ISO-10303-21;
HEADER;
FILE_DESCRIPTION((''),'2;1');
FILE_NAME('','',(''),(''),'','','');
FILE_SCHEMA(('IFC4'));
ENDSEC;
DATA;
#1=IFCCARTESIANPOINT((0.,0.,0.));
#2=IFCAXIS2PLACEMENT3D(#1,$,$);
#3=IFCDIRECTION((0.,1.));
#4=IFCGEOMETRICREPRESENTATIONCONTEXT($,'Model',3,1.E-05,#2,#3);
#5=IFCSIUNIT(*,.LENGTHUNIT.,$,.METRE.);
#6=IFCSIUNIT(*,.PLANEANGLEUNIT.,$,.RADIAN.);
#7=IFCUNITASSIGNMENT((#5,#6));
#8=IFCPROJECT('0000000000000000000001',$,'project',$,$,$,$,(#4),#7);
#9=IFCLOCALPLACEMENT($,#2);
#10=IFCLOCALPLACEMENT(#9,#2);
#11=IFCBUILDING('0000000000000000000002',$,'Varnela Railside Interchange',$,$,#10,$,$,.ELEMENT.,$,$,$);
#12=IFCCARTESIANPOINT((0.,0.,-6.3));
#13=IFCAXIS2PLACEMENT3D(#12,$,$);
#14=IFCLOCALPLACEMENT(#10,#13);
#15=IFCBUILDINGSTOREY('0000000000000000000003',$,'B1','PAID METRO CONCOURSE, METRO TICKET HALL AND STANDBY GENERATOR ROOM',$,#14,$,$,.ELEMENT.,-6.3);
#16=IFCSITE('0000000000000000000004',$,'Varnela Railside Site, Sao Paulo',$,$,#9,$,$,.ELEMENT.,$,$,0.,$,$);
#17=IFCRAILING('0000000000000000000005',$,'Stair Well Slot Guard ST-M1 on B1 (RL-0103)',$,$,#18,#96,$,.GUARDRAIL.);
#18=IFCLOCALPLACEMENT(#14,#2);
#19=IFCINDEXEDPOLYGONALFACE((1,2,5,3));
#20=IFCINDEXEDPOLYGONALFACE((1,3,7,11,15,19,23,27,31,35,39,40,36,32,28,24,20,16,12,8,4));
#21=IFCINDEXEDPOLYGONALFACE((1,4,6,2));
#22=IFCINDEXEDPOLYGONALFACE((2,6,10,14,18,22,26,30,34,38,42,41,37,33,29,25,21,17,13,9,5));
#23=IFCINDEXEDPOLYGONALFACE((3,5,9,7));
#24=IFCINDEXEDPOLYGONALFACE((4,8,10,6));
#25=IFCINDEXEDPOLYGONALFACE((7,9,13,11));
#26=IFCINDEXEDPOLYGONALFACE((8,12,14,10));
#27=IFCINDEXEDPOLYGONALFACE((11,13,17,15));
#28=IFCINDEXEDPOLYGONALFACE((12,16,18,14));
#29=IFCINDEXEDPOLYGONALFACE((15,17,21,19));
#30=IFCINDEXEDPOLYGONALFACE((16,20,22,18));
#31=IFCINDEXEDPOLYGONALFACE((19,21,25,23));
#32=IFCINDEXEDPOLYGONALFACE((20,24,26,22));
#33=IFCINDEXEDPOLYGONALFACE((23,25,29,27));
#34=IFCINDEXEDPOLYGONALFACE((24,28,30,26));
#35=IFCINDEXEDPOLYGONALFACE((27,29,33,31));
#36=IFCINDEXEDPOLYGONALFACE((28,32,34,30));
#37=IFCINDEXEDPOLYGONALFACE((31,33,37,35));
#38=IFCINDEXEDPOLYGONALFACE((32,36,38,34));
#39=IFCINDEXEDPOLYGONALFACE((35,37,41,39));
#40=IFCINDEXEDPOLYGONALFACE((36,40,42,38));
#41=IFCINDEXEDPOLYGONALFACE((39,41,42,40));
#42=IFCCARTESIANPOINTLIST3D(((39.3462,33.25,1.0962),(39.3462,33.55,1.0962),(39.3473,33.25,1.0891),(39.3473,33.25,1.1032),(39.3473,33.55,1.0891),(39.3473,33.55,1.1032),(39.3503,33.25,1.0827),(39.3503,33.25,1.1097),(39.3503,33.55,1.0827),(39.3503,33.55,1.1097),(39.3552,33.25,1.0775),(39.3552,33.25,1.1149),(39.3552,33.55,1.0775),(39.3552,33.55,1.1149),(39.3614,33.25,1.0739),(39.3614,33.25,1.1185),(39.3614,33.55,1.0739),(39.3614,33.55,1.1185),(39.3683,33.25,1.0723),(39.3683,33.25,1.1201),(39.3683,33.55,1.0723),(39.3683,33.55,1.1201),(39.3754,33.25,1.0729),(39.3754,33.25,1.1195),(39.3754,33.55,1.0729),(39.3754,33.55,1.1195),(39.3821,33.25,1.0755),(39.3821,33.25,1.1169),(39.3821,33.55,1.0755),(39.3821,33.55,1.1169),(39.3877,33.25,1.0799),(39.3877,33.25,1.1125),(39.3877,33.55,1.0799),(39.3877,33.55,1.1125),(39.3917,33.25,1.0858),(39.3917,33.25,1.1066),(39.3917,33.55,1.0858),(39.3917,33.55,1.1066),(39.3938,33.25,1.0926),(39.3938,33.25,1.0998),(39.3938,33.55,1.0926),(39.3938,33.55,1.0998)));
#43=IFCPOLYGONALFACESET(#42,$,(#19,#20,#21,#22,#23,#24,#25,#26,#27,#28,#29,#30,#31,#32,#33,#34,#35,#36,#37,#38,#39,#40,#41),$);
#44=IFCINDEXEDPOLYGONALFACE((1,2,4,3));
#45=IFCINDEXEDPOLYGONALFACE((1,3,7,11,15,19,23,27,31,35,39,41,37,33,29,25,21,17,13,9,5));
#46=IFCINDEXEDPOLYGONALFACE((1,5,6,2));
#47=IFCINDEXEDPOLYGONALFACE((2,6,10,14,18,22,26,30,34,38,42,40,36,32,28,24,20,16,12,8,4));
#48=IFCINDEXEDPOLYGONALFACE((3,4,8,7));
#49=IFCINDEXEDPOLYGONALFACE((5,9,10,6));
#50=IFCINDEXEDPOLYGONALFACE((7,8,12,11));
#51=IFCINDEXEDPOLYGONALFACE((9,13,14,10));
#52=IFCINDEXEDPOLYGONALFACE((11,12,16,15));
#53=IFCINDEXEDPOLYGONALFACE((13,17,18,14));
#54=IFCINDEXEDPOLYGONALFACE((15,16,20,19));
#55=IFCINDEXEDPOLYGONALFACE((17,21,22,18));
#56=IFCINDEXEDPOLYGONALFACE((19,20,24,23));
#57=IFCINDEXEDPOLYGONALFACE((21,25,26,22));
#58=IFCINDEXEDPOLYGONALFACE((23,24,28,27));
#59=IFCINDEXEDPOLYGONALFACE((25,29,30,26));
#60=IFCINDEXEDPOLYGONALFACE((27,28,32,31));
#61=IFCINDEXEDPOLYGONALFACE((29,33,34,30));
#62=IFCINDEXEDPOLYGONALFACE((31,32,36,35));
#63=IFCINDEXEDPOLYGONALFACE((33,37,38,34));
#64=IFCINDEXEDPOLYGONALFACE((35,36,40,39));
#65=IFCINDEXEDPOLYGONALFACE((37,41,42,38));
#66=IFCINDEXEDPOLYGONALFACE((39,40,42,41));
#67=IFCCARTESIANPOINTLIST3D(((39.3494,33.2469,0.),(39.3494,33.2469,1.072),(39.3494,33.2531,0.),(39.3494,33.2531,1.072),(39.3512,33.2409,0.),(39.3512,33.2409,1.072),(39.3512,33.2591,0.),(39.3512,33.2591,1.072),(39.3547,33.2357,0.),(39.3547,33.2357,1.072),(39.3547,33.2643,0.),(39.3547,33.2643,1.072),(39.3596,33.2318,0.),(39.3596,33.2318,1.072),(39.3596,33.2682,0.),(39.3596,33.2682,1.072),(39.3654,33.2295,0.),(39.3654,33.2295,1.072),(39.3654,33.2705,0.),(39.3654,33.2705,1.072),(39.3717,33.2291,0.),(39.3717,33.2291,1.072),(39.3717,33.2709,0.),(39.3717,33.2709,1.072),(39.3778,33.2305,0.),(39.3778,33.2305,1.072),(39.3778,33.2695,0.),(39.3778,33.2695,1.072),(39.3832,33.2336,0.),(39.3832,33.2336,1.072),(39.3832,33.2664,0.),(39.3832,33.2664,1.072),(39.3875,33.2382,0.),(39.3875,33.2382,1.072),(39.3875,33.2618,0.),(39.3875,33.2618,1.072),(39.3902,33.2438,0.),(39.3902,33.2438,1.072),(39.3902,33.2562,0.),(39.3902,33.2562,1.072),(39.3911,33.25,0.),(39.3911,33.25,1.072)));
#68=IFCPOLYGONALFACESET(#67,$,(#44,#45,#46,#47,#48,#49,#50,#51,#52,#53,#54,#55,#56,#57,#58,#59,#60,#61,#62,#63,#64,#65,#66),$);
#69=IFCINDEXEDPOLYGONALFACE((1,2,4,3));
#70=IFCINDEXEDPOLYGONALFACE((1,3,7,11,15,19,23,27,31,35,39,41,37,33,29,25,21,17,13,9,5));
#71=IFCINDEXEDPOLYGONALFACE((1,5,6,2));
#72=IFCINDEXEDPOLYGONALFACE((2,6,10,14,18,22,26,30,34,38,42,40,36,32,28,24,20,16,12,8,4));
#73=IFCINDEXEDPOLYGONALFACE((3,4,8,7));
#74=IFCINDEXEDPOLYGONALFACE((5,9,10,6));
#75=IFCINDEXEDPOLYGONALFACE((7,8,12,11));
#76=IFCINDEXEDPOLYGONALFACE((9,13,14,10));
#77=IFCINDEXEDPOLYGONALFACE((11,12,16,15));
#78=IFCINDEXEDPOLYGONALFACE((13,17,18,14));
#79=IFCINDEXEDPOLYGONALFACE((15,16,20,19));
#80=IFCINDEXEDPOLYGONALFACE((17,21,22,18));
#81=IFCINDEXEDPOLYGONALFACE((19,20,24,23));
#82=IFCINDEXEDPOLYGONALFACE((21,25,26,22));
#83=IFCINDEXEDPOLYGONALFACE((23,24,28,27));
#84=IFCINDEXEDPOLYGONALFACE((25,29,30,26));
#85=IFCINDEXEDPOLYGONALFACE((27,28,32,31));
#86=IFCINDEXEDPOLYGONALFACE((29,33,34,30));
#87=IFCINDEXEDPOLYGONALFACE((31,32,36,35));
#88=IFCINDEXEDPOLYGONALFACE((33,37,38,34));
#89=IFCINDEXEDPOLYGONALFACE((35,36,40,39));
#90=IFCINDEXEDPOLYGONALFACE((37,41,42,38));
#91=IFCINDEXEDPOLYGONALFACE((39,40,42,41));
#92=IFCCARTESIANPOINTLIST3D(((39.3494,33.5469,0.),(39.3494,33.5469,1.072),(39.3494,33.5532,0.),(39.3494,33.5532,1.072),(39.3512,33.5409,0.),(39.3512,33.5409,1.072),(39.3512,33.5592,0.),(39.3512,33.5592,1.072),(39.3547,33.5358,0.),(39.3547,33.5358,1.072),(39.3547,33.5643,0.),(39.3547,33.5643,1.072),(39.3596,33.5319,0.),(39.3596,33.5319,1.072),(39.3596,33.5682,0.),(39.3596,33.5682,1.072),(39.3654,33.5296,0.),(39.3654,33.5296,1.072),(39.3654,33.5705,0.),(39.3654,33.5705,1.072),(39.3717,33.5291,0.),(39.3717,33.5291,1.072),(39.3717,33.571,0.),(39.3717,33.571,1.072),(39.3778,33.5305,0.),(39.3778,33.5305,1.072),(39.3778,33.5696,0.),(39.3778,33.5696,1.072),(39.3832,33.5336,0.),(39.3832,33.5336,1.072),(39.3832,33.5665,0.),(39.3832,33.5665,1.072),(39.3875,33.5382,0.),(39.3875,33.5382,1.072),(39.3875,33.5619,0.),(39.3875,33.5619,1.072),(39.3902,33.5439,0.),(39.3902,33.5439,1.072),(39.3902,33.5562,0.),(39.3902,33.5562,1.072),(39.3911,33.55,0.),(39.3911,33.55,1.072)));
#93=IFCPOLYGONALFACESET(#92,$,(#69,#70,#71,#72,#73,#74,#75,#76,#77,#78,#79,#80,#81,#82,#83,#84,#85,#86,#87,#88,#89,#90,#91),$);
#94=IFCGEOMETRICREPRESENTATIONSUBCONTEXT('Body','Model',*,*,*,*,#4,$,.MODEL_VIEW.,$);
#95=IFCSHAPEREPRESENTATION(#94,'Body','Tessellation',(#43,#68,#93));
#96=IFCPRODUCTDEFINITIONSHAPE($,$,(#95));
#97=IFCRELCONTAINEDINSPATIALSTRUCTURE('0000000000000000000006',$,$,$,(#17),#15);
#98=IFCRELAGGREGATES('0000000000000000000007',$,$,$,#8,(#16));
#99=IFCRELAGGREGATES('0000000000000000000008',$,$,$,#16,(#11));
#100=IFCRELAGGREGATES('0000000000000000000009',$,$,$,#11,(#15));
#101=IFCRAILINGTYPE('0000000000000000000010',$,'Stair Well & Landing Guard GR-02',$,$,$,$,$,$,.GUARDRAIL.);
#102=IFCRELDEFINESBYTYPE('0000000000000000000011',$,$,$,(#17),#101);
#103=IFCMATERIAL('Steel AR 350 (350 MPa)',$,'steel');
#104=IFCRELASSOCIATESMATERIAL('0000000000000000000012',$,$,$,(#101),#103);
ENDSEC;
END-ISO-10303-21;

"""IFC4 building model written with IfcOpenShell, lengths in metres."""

from ifc_helpers import new_model, si_unit, direction, frame, origin, origin_2d, place, context, subcontext, project, spatial, circle, extrude, material, type_object, element, save


model = new_model("IFC4")

# Units and contexts
model_context = context("Model", 3, precision=1e-05, world=origin(), true_north=direction((0.0, 1.0)))
body_context = subcontext(model_context, "Body", "Model", "MODEL_VIEW")
ifc_project = project(units=[si_unit("LENGTHUNIT", "METRE"), si_unit("PLANEANGLEUNIT", "RADIAN")], contexts=[model_context])

# Site, building, storey
site_placement = place(None, origin())
site = spatial("IfcSite", under=ifc_project, at=site_placement, Name="Varnela Railside Site, Sao Paulo", CompositionType="ELEMENT", RefElevation=0.0)
building_placement = place(site_placement, origin())
building = spatial("IfcBuilding", under=site, at=building_placement, Name="Varnela Railside Interchange", CompositionType="ELEMENT")
storey_placement = place(building_placement, frame((0.0, 0.0, -6.3)))
storey = spatial("IfcBuildingStorey", under=building, at=storey_placement, Name="B1", Description="PAID METRO CONCOURSE, METRO TICKET HALL AND STANDBY GENERATOR ROOM", CompositionType="ELEMENT", Elevation=-6.3)

# Shared definitions
ifc_material_1 = material(Name="Steel AR 350 (350 MPa)", Category="steel")

# Railing
railing_type_1 = type_object("IfcRailingType", Name="Stair Well & Landing Guard GR-02", PredefinedType="GUARDRAIL", material=ifc_material_1)
railing_1_placement = place(storey_placement, frame((39.3701, 33.25, 0.0)))
element("IfcRailing", 1, at=railing_1_placement, inside=storey, type_object=railing_type_1, Name="Stair Well Slot Guard ST-M1 on B1 (RL-0103)", PredefinedType="GUARDRAIL", context=body_context, shape_type="SweptSolid", body=[
    extrude(circle(Radius=0.0239, at=origin_2d()), frame((0.0, 0.0, 1.0962), z_axis=(0.0, 1.0, 0.0), x_axis=(-1.0, 0.0, 0.0)), (0.0, 0.0, 1.0), 0.3),
    extrude(circle(Radius=0.021, at=origin_2d()), origin(), (0.0, 0.0, 1.0), 1.072),
    extrude(circle(Radius=0.021, at=origin_2d()), frame((0.0, 0.3, 0.0)), (0.0, 0.0, 1.0), 1.072),
])

save(model, "model.ifc")
